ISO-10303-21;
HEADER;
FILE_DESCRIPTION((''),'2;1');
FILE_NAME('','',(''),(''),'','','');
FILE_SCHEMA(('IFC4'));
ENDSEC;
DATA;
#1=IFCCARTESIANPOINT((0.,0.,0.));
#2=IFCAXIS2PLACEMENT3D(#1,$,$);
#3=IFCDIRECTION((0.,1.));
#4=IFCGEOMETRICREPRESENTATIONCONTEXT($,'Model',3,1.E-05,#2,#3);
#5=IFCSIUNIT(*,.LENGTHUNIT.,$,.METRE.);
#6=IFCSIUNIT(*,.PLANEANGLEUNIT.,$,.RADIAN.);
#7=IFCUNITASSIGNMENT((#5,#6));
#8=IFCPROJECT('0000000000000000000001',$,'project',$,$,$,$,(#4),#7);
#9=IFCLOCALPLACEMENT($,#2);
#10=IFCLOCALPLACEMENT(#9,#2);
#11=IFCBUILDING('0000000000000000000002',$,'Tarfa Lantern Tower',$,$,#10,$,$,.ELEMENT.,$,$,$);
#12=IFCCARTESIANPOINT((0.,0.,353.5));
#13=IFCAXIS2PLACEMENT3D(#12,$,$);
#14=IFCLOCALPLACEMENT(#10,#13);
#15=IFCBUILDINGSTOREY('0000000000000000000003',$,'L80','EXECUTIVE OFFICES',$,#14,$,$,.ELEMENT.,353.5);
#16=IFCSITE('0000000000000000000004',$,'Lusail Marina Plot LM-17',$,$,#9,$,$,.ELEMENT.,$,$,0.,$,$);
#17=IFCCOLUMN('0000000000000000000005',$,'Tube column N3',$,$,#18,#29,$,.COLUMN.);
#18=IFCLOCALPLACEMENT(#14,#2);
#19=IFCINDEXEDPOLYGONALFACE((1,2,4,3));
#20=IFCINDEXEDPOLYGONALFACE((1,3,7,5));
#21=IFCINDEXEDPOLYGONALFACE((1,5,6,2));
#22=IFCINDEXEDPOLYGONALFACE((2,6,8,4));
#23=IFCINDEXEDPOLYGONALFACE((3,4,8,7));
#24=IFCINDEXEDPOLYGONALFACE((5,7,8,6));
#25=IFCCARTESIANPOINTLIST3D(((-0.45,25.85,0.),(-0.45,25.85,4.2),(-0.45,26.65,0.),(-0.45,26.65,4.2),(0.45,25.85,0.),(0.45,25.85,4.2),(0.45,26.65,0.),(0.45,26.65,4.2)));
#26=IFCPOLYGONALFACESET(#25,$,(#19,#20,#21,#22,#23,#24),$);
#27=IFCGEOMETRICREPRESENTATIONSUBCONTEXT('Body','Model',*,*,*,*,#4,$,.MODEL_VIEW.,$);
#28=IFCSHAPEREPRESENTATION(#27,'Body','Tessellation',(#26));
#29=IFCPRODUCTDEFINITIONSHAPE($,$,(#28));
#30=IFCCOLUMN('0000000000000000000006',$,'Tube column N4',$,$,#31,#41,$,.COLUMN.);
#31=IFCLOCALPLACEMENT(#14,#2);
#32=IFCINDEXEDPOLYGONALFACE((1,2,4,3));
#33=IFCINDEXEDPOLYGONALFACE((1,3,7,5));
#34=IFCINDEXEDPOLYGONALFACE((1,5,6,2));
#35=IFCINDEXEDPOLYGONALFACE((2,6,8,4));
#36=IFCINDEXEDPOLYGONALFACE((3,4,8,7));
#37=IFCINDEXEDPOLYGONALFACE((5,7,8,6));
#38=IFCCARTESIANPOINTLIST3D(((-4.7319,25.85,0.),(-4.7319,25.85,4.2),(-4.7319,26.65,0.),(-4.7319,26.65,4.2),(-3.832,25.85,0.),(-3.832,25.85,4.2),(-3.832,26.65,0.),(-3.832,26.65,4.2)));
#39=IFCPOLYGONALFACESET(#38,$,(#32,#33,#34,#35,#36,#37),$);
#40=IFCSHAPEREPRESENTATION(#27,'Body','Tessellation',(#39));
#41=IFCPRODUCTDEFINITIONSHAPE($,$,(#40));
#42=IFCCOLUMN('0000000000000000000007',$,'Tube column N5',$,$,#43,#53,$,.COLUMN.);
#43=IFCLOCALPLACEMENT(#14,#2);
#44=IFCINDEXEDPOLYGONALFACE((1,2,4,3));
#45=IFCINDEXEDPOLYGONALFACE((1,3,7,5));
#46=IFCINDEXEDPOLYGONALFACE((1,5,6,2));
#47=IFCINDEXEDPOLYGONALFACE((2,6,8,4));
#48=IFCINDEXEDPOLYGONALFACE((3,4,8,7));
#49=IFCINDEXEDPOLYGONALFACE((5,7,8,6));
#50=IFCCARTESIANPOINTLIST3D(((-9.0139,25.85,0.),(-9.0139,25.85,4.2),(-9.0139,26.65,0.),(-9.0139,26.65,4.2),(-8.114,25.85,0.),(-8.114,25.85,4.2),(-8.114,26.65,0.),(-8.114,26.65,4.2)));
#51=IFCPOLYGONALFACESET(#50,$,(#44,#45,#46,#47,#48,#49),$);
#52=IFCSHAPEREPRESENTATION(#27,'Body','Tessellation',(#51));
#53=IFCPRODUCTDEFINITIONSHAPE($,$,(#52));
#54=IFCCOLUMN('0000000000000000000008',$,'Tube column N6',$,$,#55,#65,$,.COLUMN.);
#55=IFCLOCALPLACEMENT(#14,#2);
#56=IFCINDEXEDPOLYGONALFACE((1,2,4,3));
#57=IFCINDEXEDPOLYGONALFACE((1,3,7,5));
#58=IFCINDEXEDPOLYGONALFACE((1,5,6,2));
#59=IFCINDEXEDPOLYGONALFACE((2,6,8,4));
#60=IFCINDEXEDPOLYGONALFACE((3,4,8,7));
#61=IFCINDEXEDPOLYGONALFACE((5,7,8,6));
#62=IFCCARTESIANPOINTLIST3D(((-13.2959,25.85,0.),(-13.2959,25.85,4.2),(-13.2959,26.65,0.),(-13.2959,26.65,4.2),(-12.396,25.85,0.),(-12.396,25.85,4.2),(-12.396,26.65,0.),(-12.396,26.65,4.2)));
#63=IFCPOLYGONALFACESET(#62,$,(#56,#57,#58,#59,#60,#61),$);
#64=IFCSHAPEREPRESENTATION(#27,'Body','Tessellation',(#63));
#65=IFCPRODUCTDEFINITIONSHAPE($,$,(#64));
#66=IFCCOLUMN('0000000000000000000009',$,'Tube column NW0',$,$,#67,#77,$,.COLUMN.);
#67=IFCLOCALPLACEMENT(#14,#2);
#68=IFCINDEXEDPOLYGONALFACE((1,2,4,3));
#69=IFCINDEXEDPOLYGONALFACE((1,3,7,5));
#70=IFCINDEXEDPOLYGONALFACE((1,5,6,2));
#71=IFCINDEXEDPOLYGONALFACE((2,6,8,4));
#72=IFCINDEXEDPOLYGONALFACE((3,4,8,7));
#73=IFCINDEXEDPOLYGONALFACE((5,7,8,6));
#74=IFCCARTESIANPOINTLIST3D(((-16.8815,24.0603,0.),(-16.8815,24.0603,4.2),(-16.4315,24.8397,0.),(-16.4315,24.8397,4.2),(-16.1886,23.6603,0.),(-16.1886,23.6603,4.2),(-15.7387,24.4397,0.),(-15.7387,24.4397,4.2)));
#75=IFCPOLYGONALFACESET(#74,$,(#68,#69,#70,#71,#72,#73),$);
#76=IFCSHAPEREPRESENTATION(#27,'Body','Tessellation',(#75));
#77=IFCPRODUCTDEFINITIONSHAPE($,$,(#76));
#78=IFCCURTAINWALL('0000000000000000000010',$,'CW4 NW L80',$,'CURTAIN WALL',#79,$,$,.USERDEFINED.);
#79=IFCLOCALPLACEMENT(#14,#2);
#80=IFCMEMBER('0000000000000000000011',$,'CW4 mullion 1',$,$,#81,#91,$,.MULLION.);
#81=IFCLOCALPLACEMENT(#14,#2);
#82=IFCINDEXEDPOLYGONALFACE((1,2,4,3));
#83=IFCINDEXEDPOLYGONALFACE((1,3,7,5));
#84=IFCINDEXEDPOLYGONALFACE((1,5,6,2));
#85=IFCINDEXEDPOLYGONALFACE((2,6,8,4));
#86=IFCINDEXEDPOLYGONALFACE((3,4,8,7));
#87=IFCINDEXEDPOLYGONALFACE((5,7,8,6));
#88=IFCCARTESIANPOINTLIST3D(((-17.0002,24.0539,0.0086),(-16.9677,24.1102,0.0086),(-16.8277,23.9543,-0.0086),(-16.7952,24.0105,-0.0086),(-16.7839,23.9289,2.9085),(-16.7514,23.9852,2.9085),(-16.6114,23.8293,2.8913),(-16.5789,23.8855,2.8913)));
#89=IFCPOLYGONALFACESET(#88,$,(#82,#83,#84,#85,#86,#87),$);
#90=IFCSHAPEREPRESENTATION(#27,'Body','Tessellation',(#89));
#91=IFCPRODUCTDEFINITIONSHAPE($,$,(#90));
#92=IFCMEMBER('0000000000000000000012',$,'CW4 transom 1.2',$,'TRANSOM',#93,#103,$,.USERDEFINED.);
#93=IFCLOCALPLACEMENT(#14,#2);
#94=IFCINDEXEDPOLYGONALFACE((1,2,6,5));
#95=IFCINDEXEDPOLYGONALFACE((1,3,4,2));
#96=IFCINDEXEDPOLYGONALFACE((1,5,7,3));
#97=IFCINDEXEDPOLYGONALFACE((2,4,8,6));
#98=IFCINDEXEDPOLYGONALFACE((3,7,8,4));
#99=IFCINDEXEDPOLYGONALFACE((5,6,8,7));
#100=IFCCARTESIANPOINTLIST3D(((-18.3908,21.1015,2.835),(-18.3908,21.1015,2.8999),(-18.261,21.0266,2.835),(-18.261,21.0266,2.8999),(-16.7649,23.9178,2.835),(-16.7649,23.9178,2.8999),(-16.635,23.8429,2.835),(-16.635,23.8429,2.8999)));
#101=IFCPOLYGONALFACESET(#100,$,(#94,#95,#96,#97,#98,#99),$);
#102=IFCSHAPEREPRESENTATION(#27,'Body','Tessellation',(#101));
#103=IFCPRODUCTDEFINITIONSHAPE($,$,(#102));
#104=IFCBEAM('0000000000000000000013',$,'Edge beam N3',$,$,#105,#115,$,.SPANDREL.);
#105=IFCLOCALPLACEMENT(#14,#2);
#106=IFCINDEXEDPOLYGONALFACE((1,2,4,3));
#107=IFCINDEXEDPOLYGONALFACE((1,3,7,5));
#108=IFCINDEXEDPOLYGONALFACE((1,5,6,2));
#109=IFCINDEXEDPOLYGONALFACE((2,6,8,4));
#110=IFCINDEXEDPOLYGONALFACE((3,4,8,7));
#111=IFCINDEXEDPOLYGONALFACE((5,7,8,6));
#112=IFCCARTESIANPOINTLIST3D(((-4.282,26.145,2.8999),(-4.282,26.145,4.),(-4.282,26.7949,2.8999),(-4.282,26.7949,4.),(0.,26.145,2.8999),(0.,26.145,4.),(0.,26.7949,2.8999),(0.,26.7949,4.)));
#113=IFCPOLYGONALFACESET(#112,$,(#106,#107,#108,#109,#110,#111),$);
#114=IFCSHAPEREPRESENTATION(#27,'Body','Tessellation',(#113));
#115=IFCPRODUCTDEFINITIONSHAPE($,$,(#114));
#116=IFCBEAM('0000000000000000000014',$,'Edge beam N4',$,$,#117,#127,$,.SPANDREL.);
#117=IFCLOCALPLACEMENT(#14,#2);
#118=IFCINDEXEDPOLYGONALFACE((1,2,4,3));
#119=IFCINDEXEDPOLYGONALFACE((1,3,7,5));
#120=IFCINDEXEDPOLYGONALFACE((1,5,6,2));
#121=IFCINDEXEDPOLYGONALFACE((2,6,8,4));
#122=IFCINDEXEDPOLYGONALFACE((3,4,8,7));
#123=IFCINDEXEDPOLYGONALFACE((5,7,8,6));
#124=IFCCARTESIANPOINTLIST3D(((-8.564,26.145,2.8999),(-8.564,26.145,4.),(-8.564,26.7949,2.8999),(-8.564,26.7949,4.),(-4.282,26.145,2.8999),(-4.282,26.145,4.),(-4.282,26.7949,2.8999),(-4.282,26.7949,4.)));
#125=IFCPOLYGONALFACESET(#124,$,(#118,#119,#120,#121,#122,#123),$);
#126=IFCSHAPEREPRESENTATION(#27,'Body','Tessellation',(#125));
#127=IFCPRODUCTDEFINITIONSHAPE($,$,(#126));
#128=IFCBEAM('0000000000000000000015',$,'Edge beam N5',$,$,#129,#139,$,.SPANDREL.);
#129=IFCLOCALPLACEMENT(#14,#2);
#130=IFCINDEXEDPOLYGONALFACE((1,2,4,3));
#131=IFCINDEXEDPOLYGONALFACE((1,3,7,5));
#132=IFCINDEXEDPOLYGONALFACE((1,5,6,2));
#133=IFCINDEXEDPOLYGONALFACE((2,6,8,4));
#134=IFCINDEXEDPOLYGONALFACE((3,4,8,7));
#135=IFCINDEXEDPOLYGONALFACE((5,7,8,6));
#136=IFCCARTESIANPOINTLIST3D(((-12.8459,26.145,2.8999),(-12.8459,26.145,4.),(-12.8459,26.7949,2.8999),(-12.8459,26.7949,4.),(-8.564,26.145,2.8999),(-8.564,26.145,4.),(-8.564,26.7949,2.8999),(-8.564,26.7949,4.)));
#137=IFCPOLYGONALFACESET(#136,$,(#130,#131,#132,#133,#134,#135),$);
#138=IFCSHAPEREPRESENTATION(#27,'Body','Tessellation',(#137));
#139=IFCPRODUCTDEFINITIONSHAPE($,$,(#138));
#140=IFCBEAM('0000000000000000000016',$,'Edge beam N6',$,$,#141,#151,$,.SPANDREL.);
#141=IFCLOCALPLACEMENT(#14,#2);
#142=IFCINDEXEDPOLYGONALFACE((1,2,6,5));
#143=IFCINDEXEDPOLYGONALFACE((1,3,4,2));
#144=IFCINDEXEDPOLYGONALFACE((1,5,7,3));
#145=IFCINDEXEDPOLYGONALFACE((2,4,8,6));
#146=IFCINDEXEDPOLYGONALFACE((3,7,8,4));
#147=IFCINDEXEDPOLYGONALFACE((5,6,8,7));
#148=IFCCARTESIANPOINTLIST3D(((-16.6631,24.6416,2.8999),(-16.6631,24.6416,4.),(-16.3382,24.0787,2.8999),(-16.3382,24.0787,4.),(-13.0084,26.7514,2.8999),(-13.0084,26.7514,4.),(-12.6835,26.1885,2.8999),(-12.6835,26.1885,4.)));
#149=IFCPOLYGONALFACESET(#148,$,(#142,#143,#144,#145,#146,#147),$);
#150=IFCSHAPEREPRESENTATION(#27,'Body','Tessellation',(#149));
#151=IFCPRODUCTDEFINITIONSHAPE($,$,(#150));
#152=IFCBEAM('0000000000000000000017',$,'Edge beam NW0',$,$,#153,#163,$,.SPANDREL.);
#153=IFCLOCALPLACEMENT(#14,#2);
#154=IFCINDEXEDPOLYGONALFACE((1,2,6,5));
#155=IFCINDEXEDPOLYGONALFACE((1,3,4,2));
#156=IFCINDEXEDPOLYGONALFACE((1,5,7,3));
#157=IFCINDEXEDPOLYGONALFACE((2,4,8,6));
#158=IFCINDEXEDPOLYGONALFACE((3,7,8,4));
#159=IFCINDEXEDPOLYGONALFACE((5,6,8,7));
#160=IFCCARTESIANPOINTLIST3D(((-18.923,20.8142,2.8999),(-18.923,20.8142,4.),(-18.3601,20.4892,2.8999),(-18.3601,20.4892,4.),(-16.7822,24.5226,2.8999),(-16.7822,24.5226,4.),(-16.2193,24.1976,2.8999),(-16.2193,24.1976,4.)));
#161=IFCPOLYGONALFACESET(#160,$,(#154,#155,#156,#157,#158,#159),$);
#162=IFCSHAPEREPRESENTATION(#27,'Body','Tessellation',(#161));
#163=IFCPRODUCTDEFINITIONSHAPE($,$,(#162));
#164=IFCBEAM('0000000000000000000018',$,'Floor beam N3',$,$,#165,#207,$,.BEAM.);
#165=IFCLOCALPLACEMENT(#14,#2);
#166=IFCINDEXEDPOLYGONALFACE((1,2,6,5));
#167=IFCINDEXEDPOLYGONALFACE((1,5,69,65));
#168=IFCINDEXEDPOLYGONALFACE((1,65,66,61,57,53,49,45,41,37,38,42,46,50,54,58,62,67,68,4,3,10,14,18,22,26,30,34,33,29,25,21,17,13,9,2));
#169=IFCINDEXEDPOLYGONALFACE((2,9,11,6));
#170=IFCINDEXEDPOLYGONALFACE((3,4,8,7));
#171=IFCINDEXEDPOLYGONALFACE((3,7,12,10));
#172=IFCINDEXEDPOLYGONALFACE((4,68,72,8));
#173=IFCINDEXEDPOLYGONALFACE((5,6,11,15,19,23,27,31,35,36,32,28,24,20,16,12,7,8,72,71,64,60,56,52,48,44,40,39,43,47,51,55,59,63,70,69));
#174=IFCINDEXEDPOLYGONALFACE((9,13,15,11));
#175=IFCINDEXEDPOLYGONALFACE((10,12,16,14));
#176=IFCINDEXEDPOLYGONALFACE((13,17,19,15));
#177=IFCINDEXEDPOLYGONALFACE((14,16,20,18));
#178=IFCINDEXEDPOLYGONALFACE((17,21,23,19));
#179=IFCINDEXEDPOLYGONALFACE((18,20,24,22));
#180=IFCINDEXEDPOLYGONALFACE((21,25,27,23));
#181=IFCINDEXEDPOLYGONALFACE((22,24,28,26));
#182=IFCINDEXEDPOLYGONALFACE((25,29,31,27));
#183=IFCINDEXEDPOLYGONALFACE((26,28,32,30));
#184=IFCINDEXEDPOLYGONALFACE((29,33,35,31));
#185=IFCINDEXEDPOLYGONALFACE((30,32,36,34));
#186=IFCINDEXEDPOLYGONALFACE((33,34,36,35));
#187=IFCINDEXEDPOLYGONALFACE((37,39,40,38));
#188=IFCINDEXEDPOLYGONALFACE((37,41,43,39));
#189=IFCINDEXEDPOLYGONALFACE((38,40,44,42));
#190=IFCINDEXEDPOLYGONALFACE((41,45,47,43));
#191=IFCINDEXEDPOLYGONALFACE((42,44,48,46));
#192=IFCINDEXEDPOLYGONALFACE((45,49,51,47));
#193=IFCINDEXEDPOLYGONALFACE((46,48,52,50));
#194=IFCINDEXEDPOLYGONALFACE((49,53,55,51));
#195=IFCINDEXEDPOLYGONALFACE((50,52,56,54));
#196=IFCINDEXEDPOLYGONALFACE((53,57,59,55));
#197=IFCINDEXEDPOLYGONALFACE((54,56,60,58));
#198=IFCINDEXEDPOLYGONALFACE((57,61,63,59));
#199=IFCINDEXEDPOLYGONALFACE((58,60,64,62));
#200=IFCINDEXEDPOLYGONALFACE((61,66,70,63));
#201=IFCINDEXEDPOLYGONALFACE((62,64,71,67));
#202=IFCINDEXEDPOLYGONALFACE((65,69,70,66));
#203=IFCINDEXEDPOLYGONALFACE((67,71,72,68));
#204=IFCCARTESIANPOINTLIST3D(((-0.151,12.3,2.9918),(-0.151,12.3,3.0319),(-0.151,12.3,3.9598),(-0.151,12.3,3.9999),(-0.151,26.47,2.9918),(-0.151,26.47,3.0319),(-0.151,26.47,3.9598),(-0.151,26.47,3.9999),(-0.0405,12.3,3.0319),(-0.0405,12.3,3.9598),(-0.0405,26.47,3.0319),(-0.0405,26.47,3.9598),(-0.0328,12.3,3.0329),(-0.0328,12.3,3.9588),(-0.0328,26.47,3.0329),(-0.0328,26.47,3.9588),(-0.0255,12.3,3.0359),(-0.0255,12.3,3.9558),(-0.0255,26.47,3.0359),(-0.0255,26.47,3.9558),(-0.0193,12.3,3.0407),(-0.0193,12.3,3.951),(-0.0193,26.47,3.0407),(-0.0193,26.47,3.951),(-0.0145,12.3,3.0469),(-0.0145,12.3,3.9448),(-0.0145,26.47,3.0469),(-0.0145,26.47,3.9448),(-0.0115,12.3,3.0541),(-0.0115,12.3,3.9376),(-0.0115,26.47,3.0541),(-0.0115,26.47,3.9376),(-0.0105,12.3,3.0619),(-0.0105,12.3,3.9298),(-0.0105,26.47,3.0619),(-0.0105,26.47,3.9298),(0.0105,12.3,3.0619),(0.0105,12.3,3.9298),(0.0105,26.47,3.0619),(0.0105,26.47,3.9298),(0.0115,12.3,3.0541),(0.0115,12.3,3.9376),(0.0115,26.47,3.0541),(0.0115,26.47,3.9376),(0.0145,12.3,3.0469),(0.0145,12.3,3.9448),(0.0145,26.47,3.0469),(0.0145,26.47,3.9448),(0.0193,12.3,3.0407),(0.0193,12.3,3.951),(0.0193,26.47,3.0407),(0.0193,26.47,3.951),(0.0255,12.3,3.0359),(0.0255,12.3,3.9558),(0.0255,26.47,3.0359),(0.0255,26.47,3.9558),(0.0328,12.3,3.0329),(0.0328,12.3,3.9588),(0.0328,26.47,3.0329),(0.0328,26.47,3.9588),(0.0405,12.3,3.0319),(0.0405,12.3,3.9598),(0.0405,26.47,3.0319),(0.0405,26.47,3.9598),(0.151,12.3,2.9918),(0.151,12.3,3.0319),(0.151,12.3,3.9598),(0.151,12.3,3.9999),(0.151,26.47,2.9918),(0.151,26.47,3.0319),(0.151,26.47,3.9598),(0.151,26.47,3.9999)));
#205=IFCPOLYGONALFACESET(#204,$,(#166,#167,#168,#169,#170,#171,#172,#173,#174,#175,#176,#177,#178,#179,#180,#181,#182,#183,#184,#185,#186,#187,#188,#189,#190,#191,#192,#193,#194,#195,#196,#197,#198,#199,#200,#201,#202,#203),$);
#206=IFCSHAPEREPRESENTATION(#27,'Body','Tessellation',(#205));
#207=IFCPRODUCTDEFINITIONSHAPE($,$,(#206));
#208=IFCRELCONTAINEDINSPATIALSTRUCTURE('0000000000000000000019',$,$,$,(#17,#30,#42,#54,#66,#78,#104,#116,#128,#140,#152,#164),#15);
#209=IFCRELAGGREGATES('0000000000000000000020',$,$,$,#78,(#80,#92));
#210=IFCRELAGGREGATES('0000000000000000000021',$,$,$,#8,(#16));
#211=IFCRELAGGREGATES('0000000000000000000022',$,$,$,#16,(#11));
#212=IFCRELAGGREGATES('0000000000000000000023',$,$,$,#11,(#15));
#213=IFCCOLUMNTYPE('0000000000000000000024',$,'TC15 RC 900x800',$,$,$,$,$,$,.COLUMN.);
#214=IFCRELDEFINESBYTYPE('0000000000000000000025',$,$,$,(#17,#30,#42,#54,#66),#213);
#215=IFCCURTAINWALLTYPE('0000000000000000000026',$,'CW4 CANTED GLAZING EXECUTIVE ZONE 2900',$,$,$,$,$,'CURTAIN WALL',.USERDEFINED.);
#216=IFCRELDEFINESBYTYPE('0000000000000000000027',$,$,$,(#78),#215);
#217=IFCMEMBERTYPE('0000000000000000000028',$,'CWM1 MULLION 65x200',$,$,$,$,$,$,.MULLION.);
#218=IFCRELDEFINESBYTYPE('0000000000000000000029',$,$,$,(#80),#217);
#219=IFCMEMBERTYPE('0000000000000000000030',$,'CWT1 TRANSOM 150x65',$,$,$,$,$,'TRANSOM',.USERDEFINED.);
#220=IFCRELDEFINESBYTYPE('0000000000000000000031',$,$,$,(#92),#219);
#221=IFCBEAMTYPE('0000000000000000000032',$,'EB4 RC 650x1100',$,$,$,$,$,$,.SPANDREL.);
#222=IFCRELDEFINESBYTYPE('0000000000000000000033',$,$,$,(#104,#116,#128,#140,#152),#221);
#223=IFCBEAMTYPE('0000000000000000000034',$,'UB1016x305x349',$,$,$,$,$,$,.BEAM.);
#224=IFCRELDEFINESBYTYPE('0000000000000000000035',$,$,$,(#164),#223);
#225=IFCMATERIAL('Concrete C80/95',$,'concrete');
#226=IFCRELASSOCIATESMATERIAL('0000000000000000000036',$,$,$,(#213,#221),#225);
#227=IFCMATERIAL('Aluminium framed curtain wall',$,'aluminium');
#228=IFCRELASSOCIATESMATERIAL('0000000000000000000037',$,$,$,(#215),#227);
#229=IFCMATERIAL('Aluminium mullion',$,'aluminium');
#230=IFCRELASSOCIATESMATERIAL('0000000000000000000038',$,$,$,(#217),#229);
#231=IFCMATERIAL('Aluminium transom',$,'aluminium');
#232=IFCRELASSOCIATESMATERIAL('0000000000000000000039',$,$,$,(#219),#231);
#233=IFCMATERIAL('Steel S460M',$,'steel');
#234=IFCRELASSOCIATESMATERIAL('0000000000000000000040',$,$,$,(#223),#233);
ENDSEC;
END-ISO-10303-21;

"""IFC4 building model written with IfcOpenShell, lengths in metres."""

from ifc_helpers import new_model, si_unit, direction, frame, origin, origin_2d, place, context, subcontext, project, spatial, rectangle, i_section, extrude, material, material_profile, profile_set, type_object, element, aggregate, save


model = new_model("IFC4")

# Units and contexts
model_context = context("Model", 3, precision=1e-05, world=origin(), true_north=direction((0.0, 1.0)))
body_context = subcontext(model_context, "Body", "Model", "MODEL_VIEW")
ifc_project = project(units=[si_unit("LENGTHUNIT", "METRE"), si_unit("PLANEANGLEUNIT", "RADIAN")], contexts=[model_context])

# Site, building, storey
site_placement = place(None, origin())
site = spatial("IfcSite", under=ifc_project, at=site_placement, Name="Lusail Marina Plot LM-17", CompositionType="ELEMENT", RefElevation=0.0)
building_placement = place(site_placement, origin())
building = spatial("IfcBuilding", under=site, at=building_placement, Name="Tarfa Lantern Tower", CompositionType="ELEMENT")
storey_placement = place(building_placement, frame((0.0, 0.0, 353.5)))
storey = spatial("IfcBuildingStorey", under=building, at=storey_placement, Name="L80", Description="EXECUTIVE OFFICES", CompositionType="ELEMENT", Elevation=353.5)

# Columns
ifc_material_1 = material(Name="Concrete C80/95", Category="concrete")
ifc_material_profile_1 = material_profile(ifc_material_1, rectangle(XDim=0.8999, YDim=0.8, at=origin_2d()), Name="RC 900x800")
ifc_profile_set_1 = profile_set([ifc_material_profile_1], Name="Concrete C80/95")
column_type = type_object("IfcColumnType", Name="TC15 RC 900x800", PredefinedType="COLUMN", material=ifc_profile_set_1)
for number, where, z_axis, x_axis, name in (
    (1, (0.0, 26.25, 0.0), (0.0, 0.0, 1.0), (-1.0, 0.0, 0.0), "Tube column N3"),
    (2, (-4.282, 26.25, 0.0), (0.0, 0.0, 1.0), (-1.0, 0.0, 0.0), "Tube column N4"),
    (3, (-8.564, 26.25, 0.0), (0.0, 0.0, 1.0), (-1.0, 0.0, 0.0), "Tube column N5"),
    (4, (-12.8459, 26.25, 0.0), (0.0, 0.0, 1.0), (-1.0, 0.0, 0.0), "Tube column N6"),
    (5, (-16.3101, 24.25, 0.0), (0.0, 0.0, 1.0), (-0.5, -0.866025, 0.0), "Tube column NW0"),
):
    element("IfcColumn", number, at=place(storey_placement, frame(where, z_axis=z_axis, x_axis=x_axis)), inside=storey, type_object=column_type, Name=name, PredefinedType="COLUMN", context=body_context, shape_type="SweptSolid", body=[
        extrude(rectangle(XDim=0.8999, YDim=0.8, at=origin_2d()), origin(), (0.0, 0.0, 1.0), 4.2),
    ])

# Curtain wall, members
ifc_material_2 = material(Name="Aluminium framed curtain wall", Category="aluminium")
curtain_wall_type = type_object("IfcCurtainWallType", Name="CW4 CANTED GLAZING EXECUTIVE ZONE 2900", ElementType="CURTAIN WALL", PredefinedType="USERDEFINED", material=ifc_material_2)
curtain_wall_placement = place(storey_placement, origin())
curtain_wall = element("IfcCurtainWall", 6, at=curtain_wall_placement, inside=storey, type_object=curtain_wall_type, Name="CW4 NW L80", ObjectType="CURTAIN WALL", PredefinedType="USERDEFINED")
ifc_material_3 = material(Name="Aluminium mullion", Category="aluminium")
ifc_material_profile_2 = material_profile(ifc_material_3, rectangle(XDim=0.0649, YDim=0.2, at=origin_2d()), Name="AL MULLION 65x200")
ifc_profile_set_2 = profile_set([ifc_material_profile_2], Name="Aluminium mullion")
member_type_1 = type_object("IfcMemberType", Name="CWM1 MULLION 65x200", PredefinedType="MULLION", material=ifc_profile_set_2)
member_1_placement = place(storey_placement, frame((-16.8977, 24.0322, 0.0), z_axis=(0.074316, -0.042946, 0.99631), x_axis=(0.500343, 0.865827, 0.0)))
member_1 = element("IfcMember", 7, at=member_1_placement, type_object=member_type_1, Name="CW4 mullion 1", PredefinedType="MULLION", context=body_context, shape_type="SweptSolid", body=[
    extrude(rectangle(XDim=0.0649, YDim=0.2, at=origin_2d()), origin(), (0.0, 0.0, 1.0), 2.9106),
])
ifc_material_4 = material(Name="Aluminium transom", Category="aluminium")
ifc_material_profile_3 = material_profile(ifc_material_4, rectangle(XDim=0.1499, YDim=0.0649, at=origin_2d()), Name="AL TRANSOM 150x65")
ifc_profile_set_3 = profile_set([ifc_material_profile_3], Name="Aluminium transom")
member_type_2 = type_object("IfcMemberType", Name="CWT1 TRANSOM 150x65", ElementType="TRANSOM", PredefinedType="USERDEFINED", material=ifc_profile_set_3)
member_2_placement = place(storey_placement, frame((-16.7, 23.8804, 2.8674), z_axis=(-0.499982, -0.866036, 0.0), x_axis=(0.866036, -0.499982, 0.0)))
member_2 = element("IfcMember", 8, at=member_2_placement, type_object=member_type_2, Name="CW4 transom 1.2", ObjectType="TRANSOM", PredefinedType="USERDEFINED", context=body_context, shape_type="SweptSolid", body=[
    extrude(rectangle(XDim=0.1499, YDim=0.0649, at=origin_2d()), origin(), (0.0, 0.0, 1.0), 3.252),
])
aggregate(curtain_wall, [member_1, member_2])

# Beams
ifc_material_profile_4 = material_profile(ifc_material_1, rectangle(XDim=0.6499, YDim=1.1001, at=origin_2d()), Name="RC 650x1100")
ifc_profile_set_4 = profile_set([ifc_material_profile_4], Name="Concrete C80/95")
beam_type_1 = type_object("IfcBeamType", Name="EB4 RC 650x1100", PredefinedType="SPANDREL", material=ifc_profile_set_4)
for number, where, z_axis, x_axis, name in (
    (9, (0.0, 26.47, 3.45), (-1.0, 0.0, 0.0), (0.0, -1.0, 0.0), "Edge beam N3"),
    (10, (-4.282, 26.47, 3.45), (-1.0, 0.0, 0.0), (0.0, -1.0, 0.0), "Edge beam N4"),
    (11, (-8.564, 26.47, 3.45), (-1.0, 0.0, 0.0), (0.0, -1.0, 0.0), "Edge beam N5"),
):
    element("IfcBeam", number, at=place(storey_placement, frame(where, z_axis=z_axis, x_axis=x_axis)), inside=storey, type_object=beam_type_1, Name=name, PredefinedType="SPANDREL", context=body_context, shape_type="SweptSolid", body=[
        extrude(rectangle(XDim=0.6499, YDim=1.1001, at=origin_2d()), origin(), (0.0, 0.0, 1.0), 4.282),
    ])
beam_1_placement = place(storey_placement, frame((-12.8459, 26.47, 3.45), z_axis=(-0.866049, -0.499959, 0.0), x_axis=(0.499959, -0.866049, 0.0)))
element("IfcBeam", 12, at=beam_1_placement, inside=storey, type_object=beam_type_1, Name="Edge beam N6", PredefinedType="SPANDREL", context=body_context, shape_type="SweptSolid", body=[
    extrude(rectangle(XDim=0.6499, YDim=1.1001, at=origin_2d()), origin(), (0.0, 0.0, 1.0), 4.22),
])
beam_2_placement = place(storey_placement, frame((-16.5007, 24.3601, 3.45), z_axis=(-0.499959, -0.866049, 0.0), x_axis=(0.866049, -0.499959, 0.0)))
element("IfcBeam", 13, at=beam_2_placement, inside=storey, type_object=beam_type_1, Name="Edge beam NW0", PredefinedType="SPANDREL", context=body_context, shape_type="SweptSolid", body=[
    extrude(rectangle(XDim=0.6499, YDim=1.1001, at=origin_2d()), origin(), (0.0, 0.0, 1.0), 4.282),
])
ifc_material_5 = material(Name="Steel S460M", Category="steel")
ifc_material_profile_5 = material_profile(ifc_material_5, i_section(OverallWidth=0.302, OverallDepth=1.0081, WebThickness=0.021, FlangeThickness=0.04, FilletRadius=0.03, at=origin_2d()), Name="UB1016x305x349")
ifc_profile_set_5 = profile_set([ifc_material_profile_5], Name="Steel S460M")
beam_type_2 = type_object("IfcBeamType", Name="UB1016x305x349", PredefinedType="BEAM", material=ifc_profile_set_5)
for number, where, z_axis, x_axis, name in (
    (14, (0.0, 26.47, 3.4958), (0.0, -1.0, 0.0), (1.0, 0.0, 0.0), "Floor beam N3"),
):
    element("IfcBeam", number, at=place(storey_placement, frame(where, z_axis=z_axis, x_axis=x_axis)), inside=storey, type_object=beam_type_2, Name=name, PredefinedType="BEAM", context=body_context, shape_type="SweptSolid", body=[
        extrude(i_section(OverallWidth=0.302, OverallDepth=1.0081, WebThickness=0.021, FlangeThickness=0.04, FilletRadius=0.03, at=origin_2d()), origin(), (0.0, 0.0, 1.0), 14.1699),
    ])

save(model, "model.ifc")
